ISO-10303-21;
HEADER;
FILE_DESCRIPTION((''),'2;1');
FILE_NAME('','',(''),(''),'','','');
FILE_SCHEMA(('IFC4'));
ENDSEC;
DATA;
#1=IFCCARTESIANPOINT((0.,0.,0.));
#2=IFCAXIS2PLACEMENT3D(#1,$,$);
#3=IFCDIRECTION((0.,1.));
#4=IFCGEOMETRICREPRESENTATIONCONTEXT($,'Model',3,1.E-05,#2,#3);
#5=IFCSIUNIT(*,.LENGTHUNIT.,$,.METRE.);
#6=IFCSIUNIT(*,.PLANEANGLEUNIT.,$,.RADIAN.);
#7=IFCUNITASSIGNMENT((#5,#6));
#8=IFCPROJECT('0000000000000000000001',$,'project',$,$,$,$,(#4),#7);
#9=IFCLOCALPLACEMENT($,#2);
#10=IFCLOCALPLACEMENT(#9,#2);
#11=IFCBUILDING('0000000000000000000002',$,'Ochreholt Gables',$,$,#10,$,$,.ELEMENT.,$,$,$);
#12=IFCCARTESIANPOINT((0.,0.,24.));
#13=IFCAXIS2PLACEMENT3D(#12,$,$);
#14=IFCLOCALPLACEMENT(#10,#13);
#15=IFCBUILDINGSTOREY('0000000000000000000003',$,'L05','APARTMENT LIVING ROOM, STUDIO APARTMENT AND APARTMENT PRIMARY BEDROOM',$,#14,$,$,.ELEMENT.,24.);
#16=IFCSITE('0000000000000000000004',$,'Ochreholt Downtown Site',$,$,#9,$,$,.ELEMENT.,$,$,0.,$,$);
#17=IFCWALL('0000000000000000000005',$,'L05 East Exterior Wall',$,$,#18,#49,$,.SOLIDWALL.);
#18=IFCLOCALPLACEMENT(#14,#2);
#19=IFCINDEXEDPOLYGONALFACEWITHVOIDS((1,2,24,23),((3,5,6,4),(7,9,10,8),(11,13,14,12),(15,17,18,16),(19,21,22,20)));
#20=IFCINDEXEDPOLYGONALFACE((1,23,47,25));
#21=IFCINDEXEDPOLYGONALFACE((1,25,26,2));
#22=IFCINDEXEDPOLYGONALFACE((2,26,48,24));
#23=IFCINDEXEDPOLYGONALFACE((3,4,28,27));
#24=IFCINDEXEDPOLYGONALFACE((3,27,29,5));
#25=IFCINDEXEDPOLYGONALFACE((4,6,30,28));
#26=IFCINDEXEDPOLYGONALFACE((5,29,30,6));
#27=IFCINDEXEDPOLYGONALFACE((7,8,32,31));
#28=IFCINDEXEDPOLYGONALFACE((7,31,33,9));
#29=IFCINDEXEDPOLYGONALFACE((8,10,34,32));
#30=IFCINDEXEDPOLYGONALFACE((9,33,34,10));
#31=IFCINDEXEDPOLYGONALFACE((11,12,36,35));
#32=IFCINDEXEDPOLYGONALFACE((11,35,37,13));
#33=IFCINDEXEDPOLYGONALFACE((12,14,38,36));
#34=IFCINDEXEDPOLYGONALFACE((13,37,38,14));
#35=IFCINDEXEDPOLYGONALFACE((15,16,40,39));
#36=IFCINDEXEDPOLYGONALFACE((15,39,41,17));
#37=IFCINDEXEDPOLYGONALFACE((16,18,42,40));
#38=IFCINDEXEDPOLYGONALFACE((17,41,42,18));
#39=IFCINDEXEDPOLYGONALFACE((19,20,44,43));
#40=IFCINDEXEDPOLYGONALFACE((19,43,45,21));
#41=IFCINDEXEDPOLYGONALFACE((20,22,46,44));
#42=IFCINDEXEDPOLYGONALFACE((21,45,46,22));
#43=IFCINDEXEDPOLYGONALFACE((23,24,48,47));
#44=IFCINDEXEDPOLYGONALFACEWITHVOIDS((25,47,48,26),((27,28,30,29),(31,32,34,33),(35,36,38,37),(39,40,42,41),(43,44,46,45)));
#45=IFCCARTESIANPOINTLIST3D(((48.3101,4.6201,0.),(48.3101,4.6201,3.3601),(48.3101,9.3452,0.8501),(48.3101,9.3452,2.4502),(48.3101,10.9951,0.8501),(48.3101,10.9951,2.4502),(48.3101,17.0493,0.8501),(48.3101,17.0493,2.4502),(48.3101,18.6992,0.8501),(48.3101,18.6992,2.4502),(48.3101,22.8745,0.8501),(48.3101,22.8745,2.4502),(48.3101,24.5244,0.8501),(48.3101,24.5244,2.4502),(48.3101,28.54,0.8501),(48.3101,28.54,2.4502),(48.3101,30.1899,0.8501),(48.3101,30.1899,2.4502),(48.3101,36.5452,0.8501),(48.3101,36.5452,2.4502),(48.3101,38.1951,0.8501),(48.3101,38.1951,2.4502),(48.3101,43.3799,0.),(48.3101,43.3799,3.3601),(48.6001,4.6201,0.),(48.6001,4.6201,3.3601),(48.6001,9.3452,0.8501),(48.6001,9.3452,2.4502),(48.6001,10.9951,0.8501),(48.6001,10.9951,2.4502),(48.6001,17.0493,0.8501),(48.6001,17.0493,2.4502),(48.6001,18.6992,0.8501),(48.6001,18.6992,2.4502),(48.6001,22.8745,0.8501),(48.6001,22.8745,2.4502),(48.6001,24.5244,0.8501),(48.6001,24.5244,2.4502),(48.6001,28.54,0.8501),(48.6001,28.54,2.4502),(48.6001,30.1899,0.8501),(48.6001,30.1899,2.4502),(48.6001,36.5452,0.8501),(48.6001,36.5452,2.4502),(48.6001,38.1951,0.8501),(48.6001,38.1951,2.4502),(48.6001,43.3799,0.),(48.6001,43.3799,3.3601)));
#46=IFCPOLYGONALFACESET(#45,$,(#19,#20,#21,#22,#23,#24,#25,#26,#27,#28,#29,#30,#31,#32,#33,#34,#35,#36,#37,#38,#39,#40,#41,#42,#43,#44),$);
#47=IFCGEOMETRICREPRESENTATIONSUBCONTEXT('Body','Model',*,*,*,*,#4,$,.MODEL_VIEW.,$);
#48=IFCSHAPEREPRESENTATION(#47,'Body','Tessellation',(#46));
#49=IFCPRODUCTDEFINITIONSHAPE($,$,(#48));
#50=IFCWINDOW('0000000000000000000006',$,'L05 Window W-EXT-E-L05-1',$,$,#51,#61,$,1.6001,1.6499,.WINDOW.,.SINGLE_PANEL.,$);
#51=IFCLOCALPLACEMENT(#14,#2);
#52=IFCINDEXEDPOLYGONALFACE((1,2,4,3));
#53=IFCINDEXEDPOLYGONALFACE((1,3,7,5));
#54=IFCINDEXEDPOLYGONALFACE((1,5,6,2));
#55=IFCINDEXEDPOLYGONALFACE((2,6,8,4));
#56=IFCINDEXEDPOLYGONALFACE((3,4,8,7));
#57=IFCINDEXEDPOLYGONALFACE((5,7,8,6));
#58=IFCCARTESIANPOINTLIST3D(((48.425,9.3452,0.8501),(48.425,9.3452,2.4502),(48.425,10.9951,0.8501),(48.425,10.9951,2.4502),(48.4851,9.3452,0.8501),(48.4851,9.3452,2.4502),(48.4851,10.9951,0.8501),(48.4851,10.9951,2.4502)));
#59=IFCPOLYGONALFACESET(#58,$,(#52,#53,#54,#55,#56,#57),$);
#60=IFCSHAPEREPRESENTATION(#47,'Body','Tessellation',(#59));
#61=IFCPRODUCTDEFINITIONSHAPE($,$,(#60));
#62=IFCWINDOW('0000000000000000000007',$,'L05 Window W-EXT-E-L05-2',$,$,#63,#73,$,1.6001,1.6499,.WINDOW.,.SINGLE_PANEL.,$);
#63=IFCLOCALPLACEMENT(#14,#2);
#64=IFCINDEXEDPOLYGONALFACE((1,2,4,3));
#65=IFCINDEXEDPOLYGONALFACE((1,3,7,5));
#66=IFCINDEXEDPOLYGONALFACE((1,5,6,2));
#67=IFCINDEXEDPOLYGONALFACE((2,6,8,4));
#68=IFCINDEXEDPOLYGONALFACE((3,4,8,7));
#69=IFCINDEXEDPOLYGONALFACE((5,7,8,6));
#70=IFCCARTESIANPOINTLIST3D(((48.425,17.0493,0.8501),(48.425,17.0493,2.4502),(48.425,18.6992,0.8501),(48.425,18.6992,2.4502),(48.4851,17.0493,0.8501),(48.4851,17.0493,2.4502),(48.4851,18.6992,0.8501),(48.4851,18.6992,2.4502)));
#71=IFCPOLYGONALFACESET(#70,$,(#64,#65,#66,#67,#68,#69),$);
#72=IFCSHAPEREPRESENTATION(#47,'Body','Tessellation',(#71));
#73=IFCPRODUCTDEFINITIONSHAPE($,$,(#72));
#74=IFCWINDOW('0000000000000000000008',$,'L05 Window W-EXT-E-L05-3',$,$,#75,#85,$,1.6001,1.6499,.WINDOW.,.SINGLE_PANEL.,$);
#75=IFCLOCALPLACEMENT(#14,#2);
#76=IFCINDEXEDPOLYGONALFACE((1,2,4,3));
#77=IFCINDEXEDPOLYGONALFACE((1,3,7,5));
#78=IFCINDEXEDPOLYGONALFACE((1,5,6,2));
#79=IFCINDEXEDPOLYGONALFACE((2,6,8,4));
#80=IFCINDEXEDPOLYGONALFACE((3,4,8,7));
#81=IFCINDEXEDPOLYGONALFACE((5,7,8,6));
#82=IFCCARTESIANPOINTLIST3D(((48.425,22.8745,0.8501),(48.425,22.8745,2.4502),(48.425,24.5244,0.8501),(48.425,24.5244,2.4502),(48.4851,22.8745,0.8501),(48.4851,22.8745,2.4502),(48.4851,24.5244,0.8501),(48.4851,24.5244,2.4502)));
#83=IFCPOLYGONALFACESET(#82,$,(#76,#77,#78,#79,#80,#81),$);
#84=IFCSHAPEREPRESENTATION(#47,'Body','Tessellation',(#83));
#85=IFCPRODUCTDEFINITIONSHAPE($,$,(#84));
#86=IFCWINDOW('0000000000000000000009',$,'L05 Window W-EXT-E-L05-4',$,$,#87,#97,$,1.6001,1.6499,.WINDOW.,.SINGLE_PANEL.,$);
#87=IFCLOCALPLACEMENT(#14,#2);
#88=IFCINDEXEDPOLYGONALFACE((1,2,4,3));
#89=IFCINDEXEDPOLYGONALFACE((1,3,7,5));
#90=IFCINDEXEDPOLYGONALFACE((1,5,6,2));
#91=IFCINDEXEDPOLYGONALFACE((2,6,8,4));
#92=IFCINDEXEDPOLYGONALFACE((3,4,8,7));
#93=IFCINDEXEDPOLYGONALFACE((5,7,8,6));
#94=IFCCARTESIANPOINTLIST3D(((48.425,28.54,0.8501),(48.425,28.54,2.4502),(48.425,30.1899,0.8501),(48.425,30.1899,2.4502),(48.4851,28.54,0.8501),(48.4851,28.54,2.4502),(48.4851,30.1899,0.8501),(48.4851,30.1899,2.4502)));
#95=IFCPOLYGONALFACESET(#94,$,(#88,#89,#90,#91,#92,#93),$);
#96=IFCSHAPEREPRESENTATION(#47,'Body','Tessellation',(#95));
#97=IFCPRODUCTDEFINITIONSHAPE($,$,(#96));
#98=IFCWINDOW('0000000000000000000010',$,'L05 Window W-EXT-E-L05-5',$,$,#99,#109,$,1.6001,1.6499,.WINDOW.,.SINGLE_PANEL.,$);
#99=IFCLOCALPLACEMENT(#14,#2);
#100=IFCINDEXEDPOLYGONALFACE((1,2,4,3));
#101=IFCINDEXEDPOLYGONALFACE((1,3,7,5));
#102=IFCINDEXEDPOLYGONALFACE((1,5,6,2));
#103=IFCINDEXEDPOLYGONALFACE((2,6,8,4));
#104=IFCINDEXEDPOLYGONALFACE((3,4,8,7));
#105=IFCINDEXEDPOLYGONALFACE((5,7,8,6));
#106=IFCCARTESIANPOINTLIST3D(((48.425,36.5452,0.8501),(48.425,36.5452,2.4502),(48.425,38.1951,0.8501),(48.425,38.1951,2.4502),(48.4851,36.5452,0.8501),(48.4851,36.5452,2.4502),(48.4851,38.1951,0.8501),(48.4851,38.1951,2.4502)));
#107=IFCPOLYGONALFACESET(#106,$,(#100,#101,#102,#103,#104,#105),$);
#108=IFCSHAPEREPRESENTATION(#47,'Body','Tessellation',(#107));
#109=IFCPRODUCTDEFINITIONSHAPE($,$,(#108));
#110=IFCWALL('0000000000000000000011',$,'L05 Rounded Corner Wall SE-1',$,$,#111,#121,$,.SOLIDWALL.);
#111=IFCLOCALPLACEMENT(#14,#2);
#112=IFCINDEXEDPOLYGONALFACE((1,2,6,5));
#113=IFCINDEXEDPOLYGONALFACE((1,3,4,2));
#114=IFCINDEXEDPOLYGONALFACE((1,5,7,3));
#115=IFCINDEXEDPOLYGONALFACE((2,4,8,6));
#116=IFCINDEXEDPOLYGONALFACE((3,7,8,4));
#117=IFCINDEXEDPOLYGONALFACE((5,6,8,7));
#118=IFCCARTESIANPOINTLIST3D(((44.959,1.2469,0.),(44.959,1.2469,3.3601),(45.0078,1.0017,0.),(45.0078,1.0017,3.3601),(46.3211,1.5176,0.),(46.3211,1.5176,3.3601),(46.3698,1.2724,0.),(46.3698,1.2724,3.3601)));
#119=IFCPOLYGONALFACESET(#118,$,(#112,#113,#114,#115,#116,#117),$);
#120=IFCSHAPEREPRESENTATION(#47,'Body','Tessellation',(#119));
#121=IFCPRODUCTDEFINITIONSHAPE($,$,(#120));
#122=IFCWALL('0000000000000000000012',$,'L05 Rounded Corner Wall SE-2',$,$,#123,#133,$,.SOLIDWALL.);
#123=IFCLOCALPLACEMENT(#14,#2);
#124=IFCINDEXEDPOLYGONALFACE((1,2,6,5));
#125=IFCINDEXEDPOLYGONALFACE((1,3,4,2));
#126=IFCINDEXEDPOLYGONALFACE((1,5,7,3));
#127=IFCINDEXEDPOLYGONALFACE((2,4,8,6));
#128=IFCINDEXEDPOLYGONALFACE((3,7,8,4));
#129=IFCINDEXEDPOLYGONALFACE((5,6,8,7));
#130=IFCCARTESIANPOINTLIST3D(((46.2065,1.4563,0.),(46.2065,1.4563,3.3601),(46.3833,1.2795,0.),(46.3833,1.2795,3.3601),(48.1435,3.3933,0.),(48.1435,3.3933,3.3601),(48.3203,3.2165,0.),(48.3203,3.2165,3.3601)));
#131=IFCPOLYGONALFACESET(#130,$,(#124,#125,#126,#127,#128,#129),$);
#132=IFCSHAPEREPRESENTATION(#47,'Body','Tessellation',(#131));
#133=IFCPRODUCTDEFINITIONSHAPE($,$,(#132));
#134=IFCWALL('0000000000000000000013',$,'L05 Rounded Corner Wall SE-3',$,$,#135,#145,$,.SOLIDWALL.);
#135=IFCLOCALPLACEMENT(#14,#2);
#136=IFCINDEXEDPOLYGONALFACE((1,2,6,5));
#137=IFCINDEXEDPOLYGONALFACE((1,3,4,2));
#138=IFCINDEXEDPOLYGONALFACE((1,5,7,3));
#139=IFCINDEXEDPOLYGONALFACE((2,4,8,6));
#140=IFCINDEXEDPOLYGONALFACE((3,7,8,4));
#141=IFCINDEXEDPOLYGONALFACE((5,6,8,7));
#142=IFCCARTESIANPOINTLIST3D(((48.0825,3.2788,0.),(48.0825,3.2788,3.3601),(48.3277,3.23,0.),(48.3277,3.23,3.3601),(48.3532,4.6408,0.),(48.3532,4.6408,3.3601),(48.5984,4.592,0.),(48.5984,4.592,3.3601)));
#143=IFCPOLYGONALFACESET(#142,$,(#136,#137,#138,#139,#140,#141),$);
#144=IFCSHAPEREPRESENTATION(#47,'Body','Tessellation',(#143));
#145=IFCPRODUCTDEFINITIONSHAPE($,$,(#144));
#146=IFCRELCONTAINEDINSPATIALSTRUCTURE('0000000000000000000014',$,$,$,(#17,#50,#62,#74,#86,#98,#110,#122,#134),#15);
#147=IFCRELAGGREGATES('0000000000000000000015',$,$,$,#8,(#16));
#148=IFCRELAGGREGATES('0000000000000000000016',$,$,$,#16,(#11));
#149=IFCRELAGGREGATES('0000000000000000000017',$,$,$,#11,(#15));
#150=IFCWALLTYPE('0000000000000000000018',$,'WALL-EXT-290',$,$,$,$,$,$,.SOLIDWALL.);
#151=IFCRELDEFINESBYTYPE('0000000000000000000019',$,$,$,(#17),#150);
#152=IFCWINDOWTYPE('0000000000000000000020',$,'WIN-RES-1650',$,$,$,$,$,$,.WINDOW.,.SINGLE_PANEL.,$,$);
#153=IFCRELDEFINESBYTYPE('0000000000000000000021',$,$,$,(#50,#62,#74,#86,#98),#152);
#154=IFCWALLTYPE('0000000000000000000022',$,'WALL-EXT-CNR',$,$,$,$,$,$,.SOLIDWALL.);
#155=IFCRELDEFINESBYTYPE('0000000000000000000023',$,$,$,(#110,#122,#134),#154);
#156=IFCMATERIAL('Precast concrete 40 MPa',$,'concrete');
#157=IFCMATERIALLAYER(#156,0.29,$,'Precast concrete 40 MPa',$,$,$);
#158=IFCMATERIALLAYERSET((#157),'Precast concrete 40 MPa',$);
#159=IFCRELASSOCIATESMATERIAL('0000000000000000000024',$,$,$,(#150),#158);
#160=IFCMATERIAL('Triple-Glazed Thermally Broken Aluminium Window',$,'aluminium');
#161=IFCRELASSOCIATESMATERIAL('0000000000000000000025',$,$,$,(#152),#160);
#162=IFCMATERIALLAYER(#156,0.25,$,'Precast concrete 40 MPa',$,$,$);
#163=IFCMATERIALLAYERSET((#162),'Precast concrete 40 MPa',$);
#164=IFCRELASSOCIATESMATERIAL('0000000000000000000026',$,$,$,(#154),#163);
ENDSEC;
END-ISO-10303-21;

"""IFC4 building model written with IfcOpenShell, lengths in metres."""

from ifc_helpers import new_model, si_unit, direction, frame, frame_2d, origin, place, context, subcontext, project, spatial, rectangle, extrude, material, layer, layer_set, type_object, element, fill, save


model = new_model("IFC4")

# Units and contexts
model_context = context("Model", 3, precision=1e-05, world=origin(), true_north=direction((0.0, 1.0)))
body_context = subcontext(model_context, "Body", "Model", "MODEL_VIEW")
ifc_project = project(units=[si_unit("LENGTHUNIT", "METRE"), si_unit("PLANEANGLEUNIT", "RADIAN")], contexts=[model_context])

# Site, building, storey
site_placement = place(None, origin())
site = spatial("IfcSite", under=ifc_project, at=site_placement, Name="Ochreholt Downtown Site", CompositionType="ELEMENT", RefElevation=0.0)
building_placement = place(site_placement, origin())
building = spatial("IfcBuilding", under=site, at=building_placement, Name="Ochreholt Gables", CompositionType="ELEMENT")
storey_placement = place(building_placement, frame((0.0, 0.0, 24.0)))
storey = spatial("IfcBuildingStorey", under=building, at=storey_placement, Name="L05", Description="APARTMENT LIVING ROOM, STUDIO APARTMENT AND APARTMENT PRIMARY BEDROOM", CompositionType="ELEMENT", Elevation=24.0)

# Wall, openings, windows
ifc_material_1 = material(Name="Precast concrete 40 MPa", Category="concrete")
ifc_layer_1 = layer(ifc_material_1, 0.29, Name="Precast concrete 40 MPa")
ifc_layer_set_1 = layer_set([ifc_layer_1], Name="Precast concrete 40 MPa")
wall_type_1 = type_object("IfcWallType", Name="WALL-EXT-290", PredefinedType="SOLIDWALL", material=ifc_layer_set_1)
wall_1_placement = place(storey_placement, frame((48.4551, 4.6201, 0.0), z_axis=(0.0, 0.0, 1.0), x_axis=(0.0, 1.0, 0.0)))
wall_1 = element("IfcWall", 1, at=wall_1_placement, inside=storey, type_object=wall_type_1, Name="L05 East Exterior Wall", PredefinedType="SOLIDWALL", context=body_context, shape_type="SweptSolid", body=[
    extrude(rectangle(XDim=38.7598, YDim=0.29, at=frame_2d((19.3799, 0.0))), origin(), (0.0, 0.0, 1.0), 3.3601),
])
opening_1_placement = place(wall_1_placement, frame((4.7251, 0.0, 0.8501)))
opening_1 = element("IfcOpeningElement", 2, at=opening_1_placement, cuts=wall_1, PredefinedType="OPENING", context=body_context, shape_type="SweptSolid", body=[
    extrude(rectangle(XDim=1.6499, YDim=1.6001, at=frame_2d((0.825, 0.8))), frame((0.0, 0.155, 0.0), z_axis=(0.0, -1.0, 0.0), x_axis=(1.0, 0.0, 0.0)), (0.0, 0.0, 1.0), 0.3101),
])
opening_2_placement = place(wall_1_placement, frame((12.4292, 0.0, 0.8501)))
opening_2 = element("IfcOpeningElement", 3, at=opening_2_placement, cuts=wall_1, PredefinedType="OPENING", context=body_context, shape_type="SweptSolid", body=[
    extrude(rectangle(XDim=1.6499, YDim=1.6001, at=frame_2d((0.825, 0.8))), frame((0.0, 0.155, 0.0), z_axis=(0.0, -1.0, 0.0), x_axis=(1.0, 0.0, 0.0)), (0.0, 0.0, 1.0), 0.3101),
])
opening_3_placement = place(wall_1_placement, frame((18.2544, 0.0, 0.8501)))
opening_3 = element("IfcOpeningElement", 4, at=opening_3_placement, cuts=wall_1, PredefinedType="OPENING", context=body_context, shape_type="SweptSolid", body=[
    extrude(rectangle(XDim=1.6499, YDim=1.6001, at=frame_2d((0.825, 0.8))), frame((0.0, 0.155, 0.0), z_axis=(0.0, -1.0, 0.0), x_axis=(1.0, 0.0, 0.0)), (0.0, 0.0, 1.0), 0.3101),
])
opening_4_placement = place(wall_1_placement, frame((23.9199, 0.0, 0.8501)))
opening_4 = element("IfcOpeningElement", 5, at=opening_4_placement, cuts=wall_1, PredefinedType="OPENING", context=body_context, shape_type="SweptSolid", body=[
    extrude(rectangle(XDim=1.6499, YDim=1.6001, at=frame_2d((0.825, 0.8))), frame((0.0, 0.155, 0.0), z_axis=(0.0, -1.0, 0.0), x_axis=(1.0, 0.0, 0.0)), (0.0, 0.0, 1.0), 0.3101),
])
opening_5_placement = place(wall_1_placement, frame((31.925, 0.0, 0.8501)))
opening_5 = element("IfcOpeningElement", 6, at=opening_5_placement, cuts=wall_1, PredefinedType="OPENING", context=body_context, shape_type="SweptSolid", body=[
    extrude(rectangle(XDim=1.6499, YDim=1.6001, at=frame_2d((0.825, 0.8))), frame((0.0, 0.155, 0.0), z_axis=(0.0, -1.0, 0.0), x_axis=(1.0, 0.0, 0.0)), (0.0, 0.0, 1.0), 0.3101),
])
ifc_material_2 = material(Name="Triple-Glazed Thermally Broken Aluminium Window", Category="aluminium")
window_type = type_object("IfcWindowType", Name="WIN-RES-1650", PartitioningType="SINGLE_PANEL", PredefinedType="WINDOW", material=ifc_material_2)
window_1_placement = place(opening_1_placement, origin())
window_1 = element("IfcWindow", 7, at=window_1_placement, inside=storey, type_object=window_type, Name="L05 Window W-EXT-E-L05-1", OverallHeight=1.6001, OverallWidth=1.6499, PartitioningType="SINGLE_PANEL", PredefinedType="WINDOW", context=body_context, shape_type="SweptSolid", body=[
    extrude(rectangle(XDim=1.6499, YDim=1.6001, at=frame_2d((0.825, 0.8))), frame((0.0, 0.03, 0.0), z_axis=(0.0, -1.0, 0.0), x_axis=(1.0, 0.0, 0.0)), (0.0, 0.0, 1.0), 0.0601),
])
fill(opening_1, window_1)
window_2_placement = place(opening_2_placement, origin())
window_2 = element("IfcWindow", 8, at=window_2_placement, inside=storey, type_object=window_type, Name="L05 Window W-EXT-E-L05-2", OverallHeight=1.6001, OverallWidth=1.6499, PartitioningType="SINGLE_PANEL", PredefinedType="WINDOW", context=body_context, shape_type="SweptSolid", body=[
    extrude(rectangle(XDim=1.6499, YDim=1.6001, at=frame_2d((0.825, 0.8))), frame((0.0, 0.03, 0.0), z_axis=(0.0, -1.0, 0.0), x_axis=(1.0, 0.0, 0.0)), (0.0, 0.0, 1.0), 0.0601),
])
fill(opening_2, window_2)
window_3_placement = place(opening_3_placement, origin())
window_3 = element("IfcWindow", 9, at=window_3_placement, inside=storey, type_object=window_type, Name="L05 Window W-EXT-E-L05-3", OverallHeight=1.6001, OverallWidth=1.6499, PartitioningType="SINGLE_PANEL", PredefinedType="WINDOW", context=body_context, shape_type="SweptSolid", body=[
    extrude(rectangle(XDim=1.6499, YDim=1.6001, at=frame_2d((0.825, 0.8))), frame((0.0, 0.03, 0.0), z_axis=(0.0, -1.0, 0.0), x_axis=(1.0, 0.0, 0.0)), (0.0, 0.0, 1.0), 0.0601),
])
fill(opening_3, window_3)
window_4_placement = place(opening_4_placement, origin())
window_4 = element("IfcWindow", 10, at=window_4_placement, inside=storey, type_object=window_type, Name="L05 Window W-EXT-E-L05-4", OverallHeight=1.6001, OverallWidth=1.6499, PartitioningType="SINGLE_PANEL", PredefinedType="WINDOW", context=body_context, shape_type="SweptSolid", body=[
    extrude(rectangle(XDim=1.6499, YDim=1.6001, at=frame_2d((0.825, 0.8))), frame((0.0, 0.03, 0.0), z_axis=(0.0, -1.0, 0.0), x_axis=(1.0, 0.0, 0.0)), (0.0, 0.0, 1.0), 0.0601),
])
fill(opening_4, window_4)
window_5_placement = place(opening_5_placement, origin())
window_5 = element("IfcWindow", 11, at=window_5_placement, inside=storey, type_object=window_type, Name="L05 Window W-EXT-E-L05-5", OverallHeight=1.6001, OverallWidth=1.6499, PartitioningType="SINGLE_PANEL", PredefinedType="WINDOW", context=body_context, shape_type="SweptSolid", body=[
    extrude(rectangle(XDim=1.6499, YDim=1.6001, at=frame_2d((0.825, 0.8))), frame((0.0, 0.03, 0.0), z_axis=(0.0, -1.0, 0.0), x_axis=(1.0, 0.0, 0.0)), (0.0, 0.0, 1.0), 0.0601),
])
fill(opening_5, window_5)

# Walls
ifc_layer_2 = layer(ifc_material_1, 0.25, Name="Precast concrete 40 MPa")
ifc_layer_set_2 = layer_set([ifc_layer_2], Name="Precast concrete 40 MPa")
wall_type_2 = type_object("IfcWallType", Name="WALL-EXT-CNR", PredefinedType="SOLIDWALL", material=ifc_layer_set_2)
wall_2_placement = place(storey_placement, frame((44.9834, 1.1243, 0.0), z_axis=(0.0, 0.0, 1.0), x_axis=(0.98081, 0.194967, 0.0)))
element("IfcWall", 12, at=wall_2_placement, inside=storey, type_object=wall_type_2, Name="L05 Rounded Corner Wall SE-1", PredefinedType="SOLIDWALL", context=body_context, shape_type="SweptSolid", body=[
    extrude(rectangle(XDim=1.3887, YDim=0.25, at=frame_2d((0.6943, 0.0))), origin(), (0.0, 0.0, 1.0), 3.3601),
])
wall_3_placement = place(storey_placement, frame((46.2949, 1.3679, 0.0), z_axis=(0.0, 0.0, 1.0), x_axis=(0.707107, 0.707107, 0.0)))
element("IfcWall", 13, at=wall_3_placement, inside=storey, type_object=wall_type_2, Name="L05 Rounded Corner Wall SE-2", PredefinedType="SOLIDWALL", context=body_context, shape_type="SweptSolid", body=[
    extrude(rectangle(XDim=2.7393, YDim=0.25, at=frame_2d((1.3696, 0.0))), origin(), (0.0, 0.0, 1.0), 3.3601),
])
wall_4_placement = place(storey_placement, frame((48.2051, 3.2544, 0.0), z_axis=(0.0, 0.0, 1.0), x_axis=(0.194967, 0.98081, 0.0)))
element("IfcWall", 14, at=wall_4_placement, inside=storey, type_object=wall_type_2, Name="L05 Rounded Corner Wall SE-3", PredefinedType="SOLIDWALL", context=body_context, shape_type="SweptSolid", body=[
    extrude(rectangle(XDim=1.3887, YDim=0.25, at=frame_2d((0.6943, 0.0))), origin(), (0.0, 0.0, 1.0), 3.3601),
])

save(model, "model.ifc")
